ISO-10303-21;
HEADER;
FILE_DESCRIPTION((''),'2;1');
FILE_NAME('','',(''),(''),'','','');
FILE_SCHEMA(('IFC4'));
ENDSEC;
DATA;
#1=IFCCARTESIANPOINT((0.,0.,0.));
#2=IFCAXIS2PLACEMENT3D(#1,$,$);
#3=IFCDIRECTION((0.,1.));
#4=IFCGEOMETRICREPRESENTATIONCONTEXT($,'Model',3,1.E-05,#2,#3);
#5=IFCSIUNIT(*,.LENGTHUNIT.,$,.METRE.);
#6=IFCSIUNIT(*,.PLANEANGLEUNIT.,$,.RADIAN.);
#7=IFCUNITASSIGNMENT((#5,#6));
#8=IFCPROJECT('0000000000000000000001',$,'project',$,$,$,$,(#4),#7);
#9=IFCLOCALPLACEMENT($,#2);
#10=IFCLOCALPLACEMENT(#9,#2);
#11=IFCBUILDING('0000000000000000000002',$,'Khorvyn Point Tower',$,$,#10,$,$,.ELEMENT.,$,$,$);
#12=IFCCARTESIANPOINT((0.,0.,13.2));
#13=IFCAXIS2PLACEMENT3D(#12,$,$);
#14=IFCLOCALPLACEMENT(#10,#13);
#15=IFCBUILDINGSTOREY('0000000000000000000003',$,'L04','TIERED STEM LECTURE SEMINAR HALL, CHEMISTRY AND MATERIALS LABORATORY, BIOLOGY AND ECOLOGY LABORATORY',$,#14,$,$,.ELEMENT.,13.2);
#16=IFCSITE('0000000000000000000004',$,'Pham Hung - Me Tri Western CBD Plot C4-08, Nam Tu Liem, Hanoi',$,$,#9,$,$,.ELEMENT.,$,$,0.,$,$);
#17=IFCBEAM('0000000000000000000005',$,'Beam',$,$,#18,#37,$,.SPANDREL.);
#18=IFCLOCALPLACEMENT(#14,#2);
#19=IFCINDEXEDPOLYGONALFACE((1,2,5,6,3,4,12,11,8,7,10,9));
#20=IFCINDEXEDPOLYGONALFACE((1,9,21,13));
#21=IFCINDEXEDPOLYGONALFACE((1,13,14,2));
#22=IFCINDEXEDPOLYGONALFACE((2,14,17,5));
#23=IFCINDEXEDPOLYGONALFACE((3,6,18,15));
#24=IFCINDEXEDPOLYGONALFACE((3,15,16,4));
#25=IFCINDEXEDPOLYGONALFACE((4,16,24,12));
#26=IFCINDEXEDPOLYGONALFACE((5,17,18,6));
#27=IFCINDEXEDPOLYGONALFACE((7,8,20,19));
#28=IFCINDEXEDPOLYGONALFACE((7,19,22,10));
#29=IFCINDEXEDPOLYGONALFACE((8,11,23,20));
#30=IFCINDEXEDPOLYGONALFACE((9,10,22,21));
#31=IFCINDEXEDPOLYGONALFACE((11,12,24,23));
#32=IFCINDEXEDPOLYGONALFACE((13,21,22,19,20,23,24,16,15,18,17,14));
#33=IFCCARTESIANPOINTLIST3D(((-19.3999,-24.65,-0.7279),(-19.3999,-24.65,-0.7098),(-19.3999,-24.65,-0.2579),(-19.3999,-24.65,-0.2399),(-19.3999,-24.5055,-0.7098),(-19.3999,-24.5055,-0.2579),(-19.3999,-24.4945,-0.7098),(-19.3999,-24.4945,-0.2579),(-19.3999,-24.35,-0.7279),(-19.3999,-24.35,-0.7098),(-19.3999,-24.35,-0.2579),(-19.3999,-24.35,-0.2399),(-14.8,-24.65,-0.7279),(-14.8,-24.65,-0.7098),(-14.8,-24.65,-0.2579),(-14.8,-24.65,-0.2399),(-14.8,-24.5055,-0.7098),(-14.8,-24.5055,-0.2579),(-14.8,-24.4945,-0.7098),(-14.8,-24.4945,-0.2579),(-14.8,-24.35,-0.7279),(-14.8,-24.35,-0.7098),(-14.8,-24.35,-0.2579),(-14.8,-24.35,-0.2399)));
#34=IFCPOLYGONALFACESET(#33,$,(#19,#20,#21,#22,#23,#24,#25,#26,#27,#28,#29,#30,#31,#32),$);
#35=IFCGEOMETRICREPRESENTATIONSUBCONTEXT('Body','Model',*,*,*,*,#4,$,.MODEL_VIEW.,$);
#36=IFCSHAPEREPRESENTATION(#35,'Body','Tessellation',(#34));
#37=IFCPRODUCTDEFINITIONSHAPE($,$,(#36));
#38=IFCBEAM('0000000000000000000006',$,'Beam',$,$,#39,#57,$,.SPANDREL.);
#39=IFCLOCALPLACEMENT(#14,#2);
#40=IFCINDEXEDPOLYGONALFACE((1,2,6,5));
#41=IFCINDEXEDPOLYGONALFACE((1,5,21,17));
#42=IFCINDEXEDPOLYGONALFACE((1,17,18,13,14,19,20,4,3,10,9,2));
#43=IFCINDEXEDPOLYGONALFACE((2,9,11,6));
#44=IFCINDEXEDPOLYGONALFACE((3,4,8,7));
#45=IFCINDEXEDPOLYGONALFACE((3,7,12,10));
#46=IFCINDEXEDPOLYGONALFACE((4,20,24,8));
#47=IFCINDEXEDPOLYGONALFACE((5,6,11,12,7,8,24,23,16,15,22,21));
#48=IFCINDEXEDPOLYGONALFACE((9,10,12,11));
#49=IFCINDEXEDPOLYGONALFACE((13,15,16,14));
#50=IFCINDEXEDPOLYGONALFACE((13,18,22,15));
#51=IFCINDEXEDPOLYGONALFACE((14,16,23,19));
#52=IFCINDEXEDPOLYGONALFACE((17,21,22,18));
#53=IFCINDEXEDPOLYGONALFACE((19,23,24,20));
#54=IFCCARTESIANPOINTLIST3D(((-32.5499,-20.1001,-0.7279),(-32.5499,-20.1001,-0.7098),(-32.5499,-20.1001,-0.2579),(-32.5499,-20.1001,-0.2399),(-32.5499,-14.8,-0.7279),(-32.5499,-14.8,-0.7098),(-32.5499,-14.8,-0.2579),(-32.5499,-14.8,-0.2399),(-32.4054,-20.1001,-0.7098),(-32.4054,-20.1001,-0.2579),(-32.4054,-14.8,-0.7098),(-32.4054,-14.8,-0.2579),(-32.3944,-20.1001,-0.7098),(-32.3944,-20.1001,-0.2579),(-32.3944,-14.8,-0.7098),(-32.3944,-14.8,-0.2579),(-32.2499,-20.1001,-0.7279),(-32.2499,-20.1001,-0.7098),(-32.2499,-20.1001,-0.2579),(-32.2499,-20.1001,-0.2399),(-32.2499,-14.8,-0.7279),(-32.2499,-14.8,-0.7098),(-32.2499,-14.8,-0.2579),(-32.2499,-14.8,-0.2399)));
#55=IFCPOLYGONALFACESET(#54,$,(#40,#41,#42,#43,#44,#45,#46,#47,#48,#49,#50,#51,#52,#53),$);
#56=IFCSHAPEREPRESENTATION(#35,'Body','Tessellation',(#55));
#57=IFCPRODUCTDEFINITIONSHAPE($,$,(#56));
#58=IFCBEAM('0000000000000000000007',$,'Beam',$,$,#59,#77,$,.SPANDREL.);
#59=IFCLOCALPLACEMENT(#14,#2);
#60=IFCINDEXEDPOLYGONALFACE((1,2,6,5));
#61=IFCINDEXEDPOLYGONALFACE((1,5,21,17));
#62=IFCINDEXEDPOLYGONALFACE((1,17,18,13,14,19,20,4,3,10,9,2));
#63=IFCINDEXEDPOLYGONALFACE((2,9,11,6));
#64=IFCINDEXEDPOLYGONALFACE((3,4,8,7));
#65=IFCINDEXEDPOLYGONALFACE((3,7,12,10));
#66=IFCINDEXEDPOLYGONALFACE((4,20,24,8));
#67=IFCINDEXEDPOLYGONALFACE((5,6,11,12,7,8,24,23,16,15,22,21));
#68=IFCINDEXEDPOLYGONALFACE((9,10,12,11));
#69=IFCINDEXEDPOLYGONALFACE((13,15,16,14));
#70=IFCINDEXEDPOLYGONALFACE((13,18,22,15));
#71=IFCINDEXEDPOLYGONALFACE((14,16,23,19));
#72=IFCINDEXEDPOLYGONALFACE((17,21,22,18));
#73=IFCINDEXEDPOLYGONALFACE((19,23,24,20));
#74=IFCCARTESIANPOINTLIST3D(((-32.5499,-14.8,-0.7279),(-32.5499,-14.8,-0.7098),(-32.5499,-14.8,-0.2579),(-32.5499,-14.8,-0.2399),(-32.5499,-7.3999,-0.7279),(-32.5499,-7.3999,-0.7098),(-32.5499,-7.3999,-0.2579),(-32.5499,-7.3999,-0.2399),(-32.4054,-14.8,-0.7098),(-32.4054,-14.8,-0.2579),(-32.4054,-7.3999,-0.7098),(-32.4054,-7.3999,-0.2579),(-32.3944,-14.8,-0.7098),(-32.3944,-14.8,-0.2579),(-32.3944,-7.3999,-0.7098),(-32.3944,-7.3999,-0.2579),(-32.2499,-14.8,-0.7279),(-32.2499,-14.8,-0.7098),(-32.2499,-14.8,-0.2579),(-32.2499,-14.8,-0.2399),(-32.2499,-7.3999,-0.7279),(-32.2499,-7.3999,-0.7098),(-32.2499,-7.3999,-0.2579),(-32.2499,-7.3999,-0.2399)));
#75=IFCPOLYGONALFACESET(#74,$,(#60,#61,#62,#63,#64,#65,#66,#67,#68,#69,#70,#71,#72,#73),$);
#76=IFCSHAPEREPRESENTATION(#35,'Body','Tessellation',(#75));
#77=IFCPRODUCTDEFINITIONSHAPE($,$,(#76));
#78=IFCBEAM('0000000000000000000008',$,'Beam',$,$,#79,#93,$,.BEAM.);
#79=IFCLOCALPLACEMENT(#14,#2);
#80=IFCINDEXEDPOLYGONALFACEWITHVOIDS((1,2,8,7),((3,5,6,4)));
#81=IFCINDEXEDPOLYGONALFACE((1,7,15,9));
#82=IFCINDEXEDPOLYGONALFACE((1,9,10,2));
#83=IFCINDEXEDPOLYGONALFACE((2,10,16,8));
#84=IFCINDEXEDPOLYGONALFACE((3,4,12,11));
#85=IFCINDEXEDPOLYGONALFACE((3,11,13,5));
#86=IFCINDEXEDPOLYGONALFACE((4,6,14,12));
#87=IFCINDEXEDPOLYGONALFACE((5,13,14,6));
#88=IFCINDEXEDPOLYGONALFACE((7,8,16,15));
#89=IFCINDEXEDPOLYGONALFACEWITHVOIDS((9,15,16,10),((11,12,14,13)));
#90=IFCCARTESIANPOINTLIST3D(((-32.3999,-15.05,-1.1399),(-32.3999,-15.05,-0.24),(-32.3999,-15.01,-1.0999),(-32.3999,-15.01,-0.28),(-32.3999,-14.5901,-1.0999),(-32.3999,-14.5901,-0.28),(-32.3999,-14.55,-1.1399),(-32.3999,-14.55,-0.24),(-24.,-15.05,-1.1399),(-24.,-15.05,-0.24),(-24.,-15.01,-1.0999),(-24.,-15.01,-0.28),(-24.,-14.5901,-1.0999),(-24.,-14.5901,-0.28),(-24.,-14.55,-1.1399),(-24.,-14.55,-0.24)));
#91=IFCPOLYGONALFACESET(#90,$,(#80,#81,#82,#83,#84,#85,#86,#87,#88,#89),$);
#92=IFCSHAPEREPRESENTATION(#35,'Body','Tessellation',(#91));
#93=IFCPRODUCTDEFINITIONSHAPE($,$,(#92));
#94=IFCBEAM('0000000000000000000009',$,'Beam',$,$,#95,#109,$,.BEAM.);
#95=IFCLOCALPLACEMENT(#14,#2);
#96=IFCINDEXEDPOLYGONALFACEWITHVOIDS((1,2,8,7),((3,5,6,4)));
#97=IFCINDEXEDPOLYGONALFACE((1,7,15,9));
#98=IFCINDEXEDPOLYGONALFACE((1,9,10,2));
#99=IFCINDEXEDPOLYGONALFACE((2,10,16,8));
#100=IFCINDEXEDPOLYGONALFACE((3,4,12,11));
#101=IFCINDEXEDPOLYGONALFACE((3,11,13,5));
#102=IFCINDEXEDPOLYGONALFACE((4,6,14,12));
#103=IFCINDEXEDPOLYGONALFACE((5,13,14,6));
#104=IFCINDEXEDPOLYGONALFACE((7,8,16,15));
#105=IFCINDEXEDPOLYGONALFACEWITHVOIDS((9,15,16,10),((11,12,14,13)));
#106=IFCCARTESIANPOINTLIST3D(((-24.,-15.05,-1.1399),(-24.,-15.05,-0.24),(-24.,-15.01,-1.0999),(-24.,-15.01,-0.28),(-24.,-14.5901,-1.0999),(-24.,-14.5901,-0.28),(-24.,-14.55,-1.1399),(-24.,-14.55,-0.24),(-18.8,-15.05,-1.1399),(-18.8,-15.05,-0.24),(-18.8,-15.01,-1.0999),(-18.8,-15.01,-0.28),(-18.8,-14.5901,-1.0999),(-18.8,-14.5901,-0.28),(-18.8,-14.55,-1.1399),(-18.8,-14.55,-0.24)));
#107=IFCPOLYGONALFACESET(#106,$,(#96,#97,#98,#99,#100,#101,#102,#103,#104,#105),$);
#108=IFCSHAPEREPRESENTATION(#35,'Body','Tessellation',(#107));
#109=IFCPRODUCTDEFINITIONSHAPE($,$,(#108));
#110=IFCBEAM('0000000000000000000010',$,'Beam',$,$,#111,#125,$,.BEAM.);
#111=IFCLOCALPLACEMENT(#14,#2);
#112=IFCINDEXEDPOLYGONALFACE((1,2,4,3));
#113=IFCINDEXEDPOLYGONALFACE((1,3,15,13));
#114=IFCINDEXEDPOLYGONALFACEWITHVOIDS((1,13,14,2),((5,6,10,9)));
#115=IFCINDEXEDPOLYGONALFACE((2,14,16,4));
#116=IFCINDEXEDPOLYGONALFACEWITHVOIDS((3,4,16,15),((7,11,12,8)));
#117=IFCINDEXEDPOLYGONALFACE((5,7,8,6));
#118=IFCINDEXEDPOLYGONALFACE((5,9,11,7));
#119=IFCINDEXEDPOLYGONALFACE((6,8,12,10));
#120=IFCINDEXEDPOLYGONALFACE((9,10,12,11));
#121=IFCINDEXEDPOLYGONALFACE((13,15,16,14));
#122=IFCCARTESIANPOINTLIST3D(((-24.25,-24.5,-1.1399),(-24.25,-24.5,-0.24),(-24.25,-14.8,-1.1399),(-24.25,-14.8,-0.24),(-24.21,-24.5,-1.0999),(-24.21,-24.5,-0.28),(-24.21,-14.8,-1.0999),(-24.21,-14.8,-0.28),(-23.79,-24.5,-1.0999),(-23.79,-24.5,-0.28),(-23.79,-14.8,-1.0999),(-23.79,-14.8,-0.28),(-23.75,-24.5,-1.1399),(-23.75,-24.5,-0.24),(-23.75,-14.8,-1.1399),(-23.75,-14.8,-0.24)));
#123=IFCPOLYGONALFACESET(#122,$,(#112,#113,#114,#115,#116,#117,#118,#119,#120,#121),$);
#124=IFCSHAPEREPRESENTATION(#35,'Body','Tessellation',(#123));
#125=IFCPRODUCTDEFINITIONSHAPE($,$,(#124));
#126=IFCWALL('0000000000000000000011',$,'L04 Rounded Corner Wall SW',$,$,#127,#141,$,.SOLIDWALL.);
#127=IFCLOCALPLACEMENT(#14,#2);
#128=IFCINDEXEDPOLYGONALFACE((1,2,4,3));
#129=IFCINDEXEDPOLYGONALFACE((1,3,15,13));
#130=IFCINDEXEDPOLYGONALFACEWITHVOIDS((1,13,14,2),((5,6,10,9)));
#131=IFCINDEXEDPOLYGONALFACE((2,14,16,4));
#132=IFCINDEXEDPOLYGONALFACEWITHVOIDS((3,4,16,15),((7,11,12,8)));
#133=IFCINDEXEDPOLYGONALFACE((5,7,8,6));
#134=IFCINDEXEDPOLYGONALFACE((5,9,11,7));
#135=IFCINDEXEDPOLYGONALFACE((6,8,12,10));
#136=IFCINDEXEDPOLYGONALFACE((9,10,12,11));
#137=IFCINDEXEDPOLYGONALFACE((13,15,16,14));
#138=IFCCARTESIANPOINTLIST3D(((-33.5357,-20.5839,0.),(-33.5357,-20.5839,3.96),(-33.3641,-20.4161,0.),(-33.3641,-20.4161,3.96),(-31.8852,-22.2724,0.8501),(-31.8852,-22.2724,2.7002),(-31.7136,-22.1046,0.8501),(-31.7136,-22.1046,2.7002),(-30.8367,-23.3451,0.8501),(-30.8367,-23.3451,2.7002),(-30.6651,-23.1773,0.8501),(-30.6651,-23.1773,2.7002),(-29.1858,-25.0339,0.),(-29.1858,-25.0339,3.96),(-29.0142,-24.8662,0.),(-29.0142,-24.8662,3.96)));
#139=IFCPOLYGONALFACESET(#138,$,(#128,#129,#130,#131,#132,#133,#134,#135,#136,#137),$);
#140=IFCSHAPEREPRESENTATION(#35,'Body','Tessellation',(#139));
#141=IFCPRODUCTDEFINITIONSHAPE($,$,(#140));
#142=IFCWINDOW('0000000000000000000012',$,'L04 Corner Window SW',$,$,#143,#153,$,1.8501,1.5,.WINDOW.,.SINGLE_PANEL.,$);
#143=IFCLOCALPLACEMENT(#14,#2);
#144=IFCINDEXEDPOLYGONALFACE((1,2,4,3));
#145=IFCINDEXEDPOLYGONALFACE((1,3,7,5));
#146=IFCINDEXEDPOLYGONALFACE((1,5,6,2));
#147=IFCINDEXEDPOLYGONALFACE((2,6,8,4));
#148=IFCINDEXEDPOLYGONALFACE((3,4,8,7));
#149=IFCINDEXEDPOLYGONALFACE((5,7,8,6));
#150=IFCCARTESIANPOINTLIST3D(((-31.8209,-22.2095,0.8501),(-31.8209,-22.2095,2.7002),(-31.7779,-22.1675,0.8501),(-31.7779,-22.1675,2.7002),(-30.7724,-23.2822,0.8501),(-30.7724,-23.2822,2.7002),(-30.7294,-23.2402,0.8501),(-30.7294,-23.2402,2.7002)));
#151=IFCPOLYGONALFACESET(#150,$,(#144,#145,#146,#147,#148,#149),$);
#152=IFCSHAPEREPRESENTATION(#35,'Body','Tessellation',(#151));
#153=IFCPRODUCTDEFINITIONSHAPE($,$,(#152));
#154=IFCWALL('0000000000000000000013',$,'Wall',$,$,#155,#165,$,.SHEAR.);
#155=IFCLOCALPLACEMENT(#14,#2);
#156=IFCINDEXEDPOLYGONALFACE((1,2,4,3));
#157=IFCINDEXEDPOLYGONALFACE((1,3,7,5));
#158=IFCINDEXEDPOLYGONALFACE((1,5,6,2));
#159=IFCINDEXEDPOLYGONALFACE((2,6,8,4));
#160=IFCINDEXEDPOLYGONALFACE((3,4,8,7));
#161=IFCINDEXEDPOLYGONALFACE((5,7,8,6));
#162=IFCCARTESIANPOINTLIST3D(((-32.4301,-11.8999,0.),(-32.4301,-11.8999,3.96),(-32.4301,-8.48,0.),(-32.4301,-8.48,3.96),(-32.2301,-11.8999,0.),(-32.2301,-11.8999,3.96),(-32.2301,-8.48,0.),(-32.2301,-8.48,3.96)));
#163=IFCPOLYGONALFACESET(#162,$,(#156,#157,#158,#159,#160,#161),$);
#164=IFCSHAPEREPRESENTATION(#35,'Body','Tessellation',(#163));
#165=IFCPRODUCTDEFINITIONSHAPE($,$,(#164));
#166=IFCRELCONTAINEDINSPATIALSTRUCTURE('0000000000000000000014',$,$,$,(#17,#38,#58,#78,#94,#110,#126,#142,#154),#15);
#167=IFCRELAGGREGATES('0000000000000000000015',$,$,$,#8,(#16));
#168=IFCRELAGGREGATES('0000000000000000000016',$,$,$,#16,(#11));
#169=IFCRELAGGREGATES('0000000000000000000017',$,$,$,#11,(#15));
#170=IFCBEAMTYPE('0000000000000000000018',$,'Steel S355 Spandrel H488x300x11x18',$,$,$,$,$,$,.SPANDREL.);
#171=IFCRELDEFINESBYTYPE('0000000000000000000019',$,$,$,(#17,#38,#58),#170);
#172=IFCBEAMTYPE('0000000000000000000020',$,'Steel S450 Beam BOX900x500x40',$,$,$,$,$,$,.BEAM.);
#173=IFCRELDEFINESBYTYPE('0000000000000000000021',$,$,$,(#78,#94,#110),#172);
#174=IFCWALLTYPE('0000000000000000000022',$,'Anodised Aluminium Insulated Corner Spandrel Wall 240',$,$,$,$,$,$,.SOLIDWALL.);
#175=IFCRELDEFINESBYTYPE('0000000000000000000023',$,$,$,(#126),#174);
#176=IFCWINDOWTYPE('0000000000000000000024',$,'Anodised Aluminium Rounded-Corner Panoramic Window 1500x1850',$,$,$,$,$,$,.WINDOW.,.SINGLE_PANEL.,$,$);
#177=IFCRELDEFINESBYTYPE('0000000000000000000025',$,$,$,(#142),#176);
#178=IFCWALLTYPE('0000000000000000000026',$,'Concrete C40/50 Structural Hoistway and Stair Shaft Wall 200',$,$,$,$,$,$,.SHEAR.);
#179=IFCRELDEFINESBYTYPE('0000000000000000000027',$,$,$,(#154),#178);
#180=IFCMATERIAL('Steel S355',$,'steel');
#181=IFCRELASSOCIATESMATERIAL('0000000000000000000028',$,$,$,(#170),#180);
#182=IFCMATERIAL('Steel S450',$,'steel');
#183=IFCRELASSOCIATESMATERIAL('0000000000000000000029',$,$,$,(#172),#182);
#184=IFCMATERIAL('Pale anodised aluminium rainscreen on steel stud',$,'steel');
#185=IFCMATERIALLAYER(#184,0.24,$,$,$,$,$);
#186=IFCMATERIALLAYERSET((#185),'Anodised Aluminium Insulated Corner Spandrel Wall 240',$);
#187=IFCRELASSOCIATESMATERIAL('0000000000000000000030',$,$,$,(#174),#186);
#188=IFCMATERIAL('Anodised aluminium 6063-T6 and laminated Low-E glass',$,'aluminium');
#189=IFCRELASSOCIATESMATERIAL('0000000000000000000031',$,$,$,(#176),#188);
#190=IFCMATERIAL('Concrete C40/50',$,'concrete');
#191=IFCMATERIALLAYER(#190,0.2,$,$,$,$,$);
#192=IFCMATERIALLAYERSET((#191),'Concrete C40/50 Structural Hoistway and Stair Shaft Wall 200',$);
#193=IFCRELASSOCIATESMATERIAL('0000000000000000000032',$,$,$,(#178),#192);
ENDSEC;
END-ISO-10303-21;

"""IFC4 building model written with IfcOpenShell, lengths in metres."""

from ifc_helpers import new_model, si_unit, direction, frame, frame_2d, origin, origin_2d, place, context, subcontext, project, spatial, rectangle, hollow_rectangle, i_section, extrude, material, layer, layer_set, material_profile, profile_set, type_object, element, fill, save


model = new_model("IFC4")

# Units and contexts
model_context = context("Model", 3, precision=1e-05, world=origin(), true_north=direction((0.0, 1.0)))
body_context = subcontext(model_context, "Body", "Model", "MODEL_VIEW")
ifc_project = project(units=[si_unit("LENGTHUNIT", "METRE"), si_unit("PLANEANGLEUNIT", "RADIAN")], contexts=[model_context])

# Site, building, storey
site_placement = place(None, origin())
site = spatial("IfcSite", under=ifc_project, at=site_placement, Name="Pham Hung - Me Tri Western CBD Plot C4-08, Nam Tu Liem, Hanoi", CompositionType="ELEMENT", RefElevation=0.0)
building_placement = place(site_placement, origin())
building = spatial("IfcBuilding", under=site, at=building_placement, Name="Khorvyn Point Tower", CompositionType="ELEMENT")
storey_placement = place(building_placement, frame((0.0, 0.0, 13.2)))
storey = spatial("IfcBuildingStorey", under=building, at=storey_placement, Name="L04", Description="TIERED STEM LECTURE SEMINAR HALL, CHEMISTRY AND MATERIALS LABORATORY, BIOLOGY AND ECOLOGY LABORATORY", CompositionType="ELEMENT", Elevation=13.2)

# Shared definitions
ifc_material_1 = material(Name="Concrete C40/50", Category="concrete")

# Beams
ifc_material_2 = material(Name="Steel S355", Category="steel")
ifc_material_profile_1 = material_profile(ifc_material_2, i_section(OverallWidth=0.3, OverallDepth=0.488, WebThickness=0.011, FlangeThickness=0.0181, at=origin_2d()))
ifc_profile_set_1 = profile_set([ifc_material_profile_1], Name="Steel S355 H488x300x11x18")
beam_type_1 = type_object("IfcBeamType", Name="Steel S355 Spandrel H488x300x11x18", PredefinedType="SPANDREL", material=ifc_profile_set_1)
beam_1_placement = place(storey_placement, frame((-19.3999, -24.5, -0.4839), z_axis=(1.0, 0.0, 0.0), x_axis=(0.0, 1.0, 0.0)))
element("IfcBeam", 1, at=beam_1_placement, inside=storey, type_object=beam_type_1, Name="Beam", PredefinedType="SPANDREL", context=body_context, shape_type="SweptSolid", body=[
    extrude(i_section(OverallWidth=0.3, OverallDepth=0.488, WebThickness=0.011, FlangeThickness=0.0181, at=origin_2d()), origin(), (0.0, 0.0, 1.0), 4.5999),
])
beam_2_placement = place(storey_placement, frame((-32.3999, -20.1001, -0.4839), z_axis=(0.0, 1.0, 0.0), x_axis=(-1.0, 0.0, 0.0)))
element("IfcBeam", 2, at=beam_2_placement, inside=storey, type_object=beam_type_1, Name="Beam", PredefinedType="SPANDREL", context=body_context, shape_type="SweptSolid", body=[
    extrude(i_section(OverallWidth=0.3, OverallDepth=0.488, WebThickness=0.011, FlangeThickness=0.0181, at=origin_2d()), origin(), (0.0, 0.0, 1.0), 5.3),
])
beam_3_placement = place(storey_placement, frame((-32.3999, -14.8, -0.4839), z_axis=(0.0, 1.0, 0.0), x_axis=(-1.0, 0.0, 0.0)))
element("IfcBeam", 3, at=beam_3_placement, inside=storey, type_object=beam_type_1, Name="Beam", PredefinedType="SPANDREL", context=body_context, shape_type="SweptSolid", body=[
    extrude(i_section(OverallWidth=0.3, OverallDepth=0.488, WebThickness=0.011, FlangeThickness=0.0181, at=origin_2d()), origin(), (0.0, 0.0, 1.0), 7.4001),
])
ifc_material_3 = material(Name="Steel S450", Category="steel")
ifc_material_profile_2 = material_profile(ifc_material_3, hollow_rectangle(XDim=0.5, YDim=0.8999, WallThickness=0.04, at=origin_2d()))
ifc_profile_set_2 = profile_set([ifc_material_profile_2], Name="Steel S450 BOX900x500x40")
beam_type_2 = type_object("IfcBeamType", Name="Steel S450 Beam BOX900x500x40", PredefinedType="BEAM", material=ifc_profile_set_2)
beam_4_placement = place(storey_placement, frame((-32.3999, -14.8, -0.6899), z_axis=(1.0, 0.0, 0.0), x_axis=(0.0, 1.0, 0.0)))
element("IfcBeam", 4, at=beam_4_placement, inside=storey, type_object=beam_type_2, Name="Beam", PredefinedType="BEAM", context=body_context, shape_type="SweptSolid", body=[
    extrude(hollow_rectangle(XDim=0.5, YDim=0.8999, WallThickness=0.04, at=origin_2d()), origin(), (0.0, 0.0, 1.0), 8.3999),
])
beam_5_placement = place(storey_placement, frame((-24.0, -14.8, -0.6899), z_axis=(1.0, 0.0, 0.0), x_axis=(0.0, 1.0, 0.0)))
element("IfcBeam", 5, at=beam_5_placement, inside=storey, type_object=beam_type_2, Name="Beam", PredefinedType="BEAM", context=body_context, shape_type="SweptSolid", body=[
    extrude(hollow_rectangle(XDim=0.5, YDim=0.8999, WallThickness=0.04, at=origin_2d()), origin(), (0.0, 0.0, 1.0), 5.2),
])
beam_6_placement = place(storey_placement, frame((-24.0, -24.5, -0.6899), z_axis=(0.0, 1.0, 0.0), x_axis=(-1.0, 0.0, 0.0)))
element("IfcBeam", 6, at=beam_6_placement, inside=storey, type_object=beam_type_2, Name="Beam", PredefinedType="BEAM", context=body_context, shape_type="SweptSolid", body=[
    extrude(hollow_rectangle(XDim=0.5, YDim=0.8999, WallThickness=0.04, at=origin_2d()), origin(), (0.0, 0.0, 1.0), 9.7),
])

# Wall, opening, window
ifc_material_4 = material(Name="Pale anodised aluminium rainscreen on steel stud", Category="steel")
ifc_layer_1 = layer(ifc_material_4, 0.24)
ifc_layer_set_1 = layer_set([ifc_layer_1], Name="Anodised Aluminium Insulated Corner Spandrel Wall 240")
wall_type_1 = type_object("IfcWallType", Name="Anodised Aluminium Insulated Corner Spandrel Wall 240", PredefinedType="SOLIDWALL", material=ifc_layer_set_1)
wall_1_placement = place(storey_placement, frame((-29.1001, -24.95, 0.0), z_axis=(0.0, 0.0, 1.0), x_axis=(-0.699018, 0.715104, 0.0)))
wall_1 = element("IfcWall", 7, at=wall_1_placement, inside=storey, type_object=wall_type_1, Name="L04 Rounded Corner Wall SW", PredefinedType="SOLIDWALL", context=body_context, shape_type="SweptSolid", body=[
    extrude(rectangle(XDim=6.2229, YDim=0.24, at=frame_2d((3.1113, 0.0))), origin(), (0.0, 0.0, 1.0), 3.96),
])
opening_1_placement = place(wall_1_placement, frame((2.3616, 0.0, 0.8501)))
opening_1 = element("IfcOpeningElement", 8, at=opening_1_placement, cuts=wall_1, PredefinedType="OPENING", context=body_context, shape_type="SweptSolid", body=[
    extrude(rectangle(XDim=1.5, YDim=1.8501, at=frame_2d((0.75, 0.925))), frame((0.0, 0.1299, 0.0), z_axis=(0.0, -1.0, 0.0), x_axis=(1.0, 0.0, 0.0)), (0.0, 0.0, 1.0), 0.26),
])
ifc_material_5 = material(Name="Anodised aluminium 6063-T6 and laminated Low-E glass", Category="aluminium")
window_type = type_object("IfcWindowType", Name="Anodised Aluminium Rounded-Corner Panoramic Window 1500x1850", PartitioningType="SINGLE_PANEL", PredefinedType="WINDOW", material=ifc_material_5)
window_placement = place(opening_1_placement, origin())
window = element("IfcWindow", 9, at=window_placement, inside=storey, type_object=window_type, Name="L04 Corner Window SW", OverallHeight=1.8501, OverallWidth=1.5, PartitioningType="SINGLE_PANEL", PredefinedType="WINDOW", context=body_context, shape_type="SweptSolid", body=[
    extrude(rectangle(XDim=1.5, YDim=1.8501, at=frame_2d((0.75, 0.925))), frame((0.0, 0.03, 0.0), z_axis=(0.0, -1.0, 0.0), x_axis=(1.0, 0.0, 0.0)), (0.0, 0.0, 1.0), 0.0601),
])
fill(opening_1, window)

# Wall
ifc_layer_2 = layer(ifc_material_1, 0.2)
ifc_layer_set_2 = layer_set([ifc_layer_2], Name="Concrete C40/50 Structural Hoistway and Stair Shaft Wall 200")
wall_type_2 = type_object("IfcWallType", Name="Concrete C40/50 Structural Hoistway and Stair Shaft Wall 200", PredefinedType="SHEAR", material=ifc_layer_set_2)
wall_2_placement = place(storey_placement, frame((-32.3301, -11.8999, 0.0), z_axis=(0.0, 0.0, 1.0), x_axis=(0.0, 1.0, 0.0)))
element("IfcWall", 10, at=wall_2_placement, inside=storey, type_object=wall_type_2, Name="Wall", PredefinedType="SHEAR", context=body_context, shape_type="SweptSolid", body=[
    extrude(rectangle(XDim=3.4199, YDim=0.2, at=frame_2d((1.71, 0.0))), origin(), (0.0, 0.0, 1.0), 3.96),
])

save(model, "model.ifc")
